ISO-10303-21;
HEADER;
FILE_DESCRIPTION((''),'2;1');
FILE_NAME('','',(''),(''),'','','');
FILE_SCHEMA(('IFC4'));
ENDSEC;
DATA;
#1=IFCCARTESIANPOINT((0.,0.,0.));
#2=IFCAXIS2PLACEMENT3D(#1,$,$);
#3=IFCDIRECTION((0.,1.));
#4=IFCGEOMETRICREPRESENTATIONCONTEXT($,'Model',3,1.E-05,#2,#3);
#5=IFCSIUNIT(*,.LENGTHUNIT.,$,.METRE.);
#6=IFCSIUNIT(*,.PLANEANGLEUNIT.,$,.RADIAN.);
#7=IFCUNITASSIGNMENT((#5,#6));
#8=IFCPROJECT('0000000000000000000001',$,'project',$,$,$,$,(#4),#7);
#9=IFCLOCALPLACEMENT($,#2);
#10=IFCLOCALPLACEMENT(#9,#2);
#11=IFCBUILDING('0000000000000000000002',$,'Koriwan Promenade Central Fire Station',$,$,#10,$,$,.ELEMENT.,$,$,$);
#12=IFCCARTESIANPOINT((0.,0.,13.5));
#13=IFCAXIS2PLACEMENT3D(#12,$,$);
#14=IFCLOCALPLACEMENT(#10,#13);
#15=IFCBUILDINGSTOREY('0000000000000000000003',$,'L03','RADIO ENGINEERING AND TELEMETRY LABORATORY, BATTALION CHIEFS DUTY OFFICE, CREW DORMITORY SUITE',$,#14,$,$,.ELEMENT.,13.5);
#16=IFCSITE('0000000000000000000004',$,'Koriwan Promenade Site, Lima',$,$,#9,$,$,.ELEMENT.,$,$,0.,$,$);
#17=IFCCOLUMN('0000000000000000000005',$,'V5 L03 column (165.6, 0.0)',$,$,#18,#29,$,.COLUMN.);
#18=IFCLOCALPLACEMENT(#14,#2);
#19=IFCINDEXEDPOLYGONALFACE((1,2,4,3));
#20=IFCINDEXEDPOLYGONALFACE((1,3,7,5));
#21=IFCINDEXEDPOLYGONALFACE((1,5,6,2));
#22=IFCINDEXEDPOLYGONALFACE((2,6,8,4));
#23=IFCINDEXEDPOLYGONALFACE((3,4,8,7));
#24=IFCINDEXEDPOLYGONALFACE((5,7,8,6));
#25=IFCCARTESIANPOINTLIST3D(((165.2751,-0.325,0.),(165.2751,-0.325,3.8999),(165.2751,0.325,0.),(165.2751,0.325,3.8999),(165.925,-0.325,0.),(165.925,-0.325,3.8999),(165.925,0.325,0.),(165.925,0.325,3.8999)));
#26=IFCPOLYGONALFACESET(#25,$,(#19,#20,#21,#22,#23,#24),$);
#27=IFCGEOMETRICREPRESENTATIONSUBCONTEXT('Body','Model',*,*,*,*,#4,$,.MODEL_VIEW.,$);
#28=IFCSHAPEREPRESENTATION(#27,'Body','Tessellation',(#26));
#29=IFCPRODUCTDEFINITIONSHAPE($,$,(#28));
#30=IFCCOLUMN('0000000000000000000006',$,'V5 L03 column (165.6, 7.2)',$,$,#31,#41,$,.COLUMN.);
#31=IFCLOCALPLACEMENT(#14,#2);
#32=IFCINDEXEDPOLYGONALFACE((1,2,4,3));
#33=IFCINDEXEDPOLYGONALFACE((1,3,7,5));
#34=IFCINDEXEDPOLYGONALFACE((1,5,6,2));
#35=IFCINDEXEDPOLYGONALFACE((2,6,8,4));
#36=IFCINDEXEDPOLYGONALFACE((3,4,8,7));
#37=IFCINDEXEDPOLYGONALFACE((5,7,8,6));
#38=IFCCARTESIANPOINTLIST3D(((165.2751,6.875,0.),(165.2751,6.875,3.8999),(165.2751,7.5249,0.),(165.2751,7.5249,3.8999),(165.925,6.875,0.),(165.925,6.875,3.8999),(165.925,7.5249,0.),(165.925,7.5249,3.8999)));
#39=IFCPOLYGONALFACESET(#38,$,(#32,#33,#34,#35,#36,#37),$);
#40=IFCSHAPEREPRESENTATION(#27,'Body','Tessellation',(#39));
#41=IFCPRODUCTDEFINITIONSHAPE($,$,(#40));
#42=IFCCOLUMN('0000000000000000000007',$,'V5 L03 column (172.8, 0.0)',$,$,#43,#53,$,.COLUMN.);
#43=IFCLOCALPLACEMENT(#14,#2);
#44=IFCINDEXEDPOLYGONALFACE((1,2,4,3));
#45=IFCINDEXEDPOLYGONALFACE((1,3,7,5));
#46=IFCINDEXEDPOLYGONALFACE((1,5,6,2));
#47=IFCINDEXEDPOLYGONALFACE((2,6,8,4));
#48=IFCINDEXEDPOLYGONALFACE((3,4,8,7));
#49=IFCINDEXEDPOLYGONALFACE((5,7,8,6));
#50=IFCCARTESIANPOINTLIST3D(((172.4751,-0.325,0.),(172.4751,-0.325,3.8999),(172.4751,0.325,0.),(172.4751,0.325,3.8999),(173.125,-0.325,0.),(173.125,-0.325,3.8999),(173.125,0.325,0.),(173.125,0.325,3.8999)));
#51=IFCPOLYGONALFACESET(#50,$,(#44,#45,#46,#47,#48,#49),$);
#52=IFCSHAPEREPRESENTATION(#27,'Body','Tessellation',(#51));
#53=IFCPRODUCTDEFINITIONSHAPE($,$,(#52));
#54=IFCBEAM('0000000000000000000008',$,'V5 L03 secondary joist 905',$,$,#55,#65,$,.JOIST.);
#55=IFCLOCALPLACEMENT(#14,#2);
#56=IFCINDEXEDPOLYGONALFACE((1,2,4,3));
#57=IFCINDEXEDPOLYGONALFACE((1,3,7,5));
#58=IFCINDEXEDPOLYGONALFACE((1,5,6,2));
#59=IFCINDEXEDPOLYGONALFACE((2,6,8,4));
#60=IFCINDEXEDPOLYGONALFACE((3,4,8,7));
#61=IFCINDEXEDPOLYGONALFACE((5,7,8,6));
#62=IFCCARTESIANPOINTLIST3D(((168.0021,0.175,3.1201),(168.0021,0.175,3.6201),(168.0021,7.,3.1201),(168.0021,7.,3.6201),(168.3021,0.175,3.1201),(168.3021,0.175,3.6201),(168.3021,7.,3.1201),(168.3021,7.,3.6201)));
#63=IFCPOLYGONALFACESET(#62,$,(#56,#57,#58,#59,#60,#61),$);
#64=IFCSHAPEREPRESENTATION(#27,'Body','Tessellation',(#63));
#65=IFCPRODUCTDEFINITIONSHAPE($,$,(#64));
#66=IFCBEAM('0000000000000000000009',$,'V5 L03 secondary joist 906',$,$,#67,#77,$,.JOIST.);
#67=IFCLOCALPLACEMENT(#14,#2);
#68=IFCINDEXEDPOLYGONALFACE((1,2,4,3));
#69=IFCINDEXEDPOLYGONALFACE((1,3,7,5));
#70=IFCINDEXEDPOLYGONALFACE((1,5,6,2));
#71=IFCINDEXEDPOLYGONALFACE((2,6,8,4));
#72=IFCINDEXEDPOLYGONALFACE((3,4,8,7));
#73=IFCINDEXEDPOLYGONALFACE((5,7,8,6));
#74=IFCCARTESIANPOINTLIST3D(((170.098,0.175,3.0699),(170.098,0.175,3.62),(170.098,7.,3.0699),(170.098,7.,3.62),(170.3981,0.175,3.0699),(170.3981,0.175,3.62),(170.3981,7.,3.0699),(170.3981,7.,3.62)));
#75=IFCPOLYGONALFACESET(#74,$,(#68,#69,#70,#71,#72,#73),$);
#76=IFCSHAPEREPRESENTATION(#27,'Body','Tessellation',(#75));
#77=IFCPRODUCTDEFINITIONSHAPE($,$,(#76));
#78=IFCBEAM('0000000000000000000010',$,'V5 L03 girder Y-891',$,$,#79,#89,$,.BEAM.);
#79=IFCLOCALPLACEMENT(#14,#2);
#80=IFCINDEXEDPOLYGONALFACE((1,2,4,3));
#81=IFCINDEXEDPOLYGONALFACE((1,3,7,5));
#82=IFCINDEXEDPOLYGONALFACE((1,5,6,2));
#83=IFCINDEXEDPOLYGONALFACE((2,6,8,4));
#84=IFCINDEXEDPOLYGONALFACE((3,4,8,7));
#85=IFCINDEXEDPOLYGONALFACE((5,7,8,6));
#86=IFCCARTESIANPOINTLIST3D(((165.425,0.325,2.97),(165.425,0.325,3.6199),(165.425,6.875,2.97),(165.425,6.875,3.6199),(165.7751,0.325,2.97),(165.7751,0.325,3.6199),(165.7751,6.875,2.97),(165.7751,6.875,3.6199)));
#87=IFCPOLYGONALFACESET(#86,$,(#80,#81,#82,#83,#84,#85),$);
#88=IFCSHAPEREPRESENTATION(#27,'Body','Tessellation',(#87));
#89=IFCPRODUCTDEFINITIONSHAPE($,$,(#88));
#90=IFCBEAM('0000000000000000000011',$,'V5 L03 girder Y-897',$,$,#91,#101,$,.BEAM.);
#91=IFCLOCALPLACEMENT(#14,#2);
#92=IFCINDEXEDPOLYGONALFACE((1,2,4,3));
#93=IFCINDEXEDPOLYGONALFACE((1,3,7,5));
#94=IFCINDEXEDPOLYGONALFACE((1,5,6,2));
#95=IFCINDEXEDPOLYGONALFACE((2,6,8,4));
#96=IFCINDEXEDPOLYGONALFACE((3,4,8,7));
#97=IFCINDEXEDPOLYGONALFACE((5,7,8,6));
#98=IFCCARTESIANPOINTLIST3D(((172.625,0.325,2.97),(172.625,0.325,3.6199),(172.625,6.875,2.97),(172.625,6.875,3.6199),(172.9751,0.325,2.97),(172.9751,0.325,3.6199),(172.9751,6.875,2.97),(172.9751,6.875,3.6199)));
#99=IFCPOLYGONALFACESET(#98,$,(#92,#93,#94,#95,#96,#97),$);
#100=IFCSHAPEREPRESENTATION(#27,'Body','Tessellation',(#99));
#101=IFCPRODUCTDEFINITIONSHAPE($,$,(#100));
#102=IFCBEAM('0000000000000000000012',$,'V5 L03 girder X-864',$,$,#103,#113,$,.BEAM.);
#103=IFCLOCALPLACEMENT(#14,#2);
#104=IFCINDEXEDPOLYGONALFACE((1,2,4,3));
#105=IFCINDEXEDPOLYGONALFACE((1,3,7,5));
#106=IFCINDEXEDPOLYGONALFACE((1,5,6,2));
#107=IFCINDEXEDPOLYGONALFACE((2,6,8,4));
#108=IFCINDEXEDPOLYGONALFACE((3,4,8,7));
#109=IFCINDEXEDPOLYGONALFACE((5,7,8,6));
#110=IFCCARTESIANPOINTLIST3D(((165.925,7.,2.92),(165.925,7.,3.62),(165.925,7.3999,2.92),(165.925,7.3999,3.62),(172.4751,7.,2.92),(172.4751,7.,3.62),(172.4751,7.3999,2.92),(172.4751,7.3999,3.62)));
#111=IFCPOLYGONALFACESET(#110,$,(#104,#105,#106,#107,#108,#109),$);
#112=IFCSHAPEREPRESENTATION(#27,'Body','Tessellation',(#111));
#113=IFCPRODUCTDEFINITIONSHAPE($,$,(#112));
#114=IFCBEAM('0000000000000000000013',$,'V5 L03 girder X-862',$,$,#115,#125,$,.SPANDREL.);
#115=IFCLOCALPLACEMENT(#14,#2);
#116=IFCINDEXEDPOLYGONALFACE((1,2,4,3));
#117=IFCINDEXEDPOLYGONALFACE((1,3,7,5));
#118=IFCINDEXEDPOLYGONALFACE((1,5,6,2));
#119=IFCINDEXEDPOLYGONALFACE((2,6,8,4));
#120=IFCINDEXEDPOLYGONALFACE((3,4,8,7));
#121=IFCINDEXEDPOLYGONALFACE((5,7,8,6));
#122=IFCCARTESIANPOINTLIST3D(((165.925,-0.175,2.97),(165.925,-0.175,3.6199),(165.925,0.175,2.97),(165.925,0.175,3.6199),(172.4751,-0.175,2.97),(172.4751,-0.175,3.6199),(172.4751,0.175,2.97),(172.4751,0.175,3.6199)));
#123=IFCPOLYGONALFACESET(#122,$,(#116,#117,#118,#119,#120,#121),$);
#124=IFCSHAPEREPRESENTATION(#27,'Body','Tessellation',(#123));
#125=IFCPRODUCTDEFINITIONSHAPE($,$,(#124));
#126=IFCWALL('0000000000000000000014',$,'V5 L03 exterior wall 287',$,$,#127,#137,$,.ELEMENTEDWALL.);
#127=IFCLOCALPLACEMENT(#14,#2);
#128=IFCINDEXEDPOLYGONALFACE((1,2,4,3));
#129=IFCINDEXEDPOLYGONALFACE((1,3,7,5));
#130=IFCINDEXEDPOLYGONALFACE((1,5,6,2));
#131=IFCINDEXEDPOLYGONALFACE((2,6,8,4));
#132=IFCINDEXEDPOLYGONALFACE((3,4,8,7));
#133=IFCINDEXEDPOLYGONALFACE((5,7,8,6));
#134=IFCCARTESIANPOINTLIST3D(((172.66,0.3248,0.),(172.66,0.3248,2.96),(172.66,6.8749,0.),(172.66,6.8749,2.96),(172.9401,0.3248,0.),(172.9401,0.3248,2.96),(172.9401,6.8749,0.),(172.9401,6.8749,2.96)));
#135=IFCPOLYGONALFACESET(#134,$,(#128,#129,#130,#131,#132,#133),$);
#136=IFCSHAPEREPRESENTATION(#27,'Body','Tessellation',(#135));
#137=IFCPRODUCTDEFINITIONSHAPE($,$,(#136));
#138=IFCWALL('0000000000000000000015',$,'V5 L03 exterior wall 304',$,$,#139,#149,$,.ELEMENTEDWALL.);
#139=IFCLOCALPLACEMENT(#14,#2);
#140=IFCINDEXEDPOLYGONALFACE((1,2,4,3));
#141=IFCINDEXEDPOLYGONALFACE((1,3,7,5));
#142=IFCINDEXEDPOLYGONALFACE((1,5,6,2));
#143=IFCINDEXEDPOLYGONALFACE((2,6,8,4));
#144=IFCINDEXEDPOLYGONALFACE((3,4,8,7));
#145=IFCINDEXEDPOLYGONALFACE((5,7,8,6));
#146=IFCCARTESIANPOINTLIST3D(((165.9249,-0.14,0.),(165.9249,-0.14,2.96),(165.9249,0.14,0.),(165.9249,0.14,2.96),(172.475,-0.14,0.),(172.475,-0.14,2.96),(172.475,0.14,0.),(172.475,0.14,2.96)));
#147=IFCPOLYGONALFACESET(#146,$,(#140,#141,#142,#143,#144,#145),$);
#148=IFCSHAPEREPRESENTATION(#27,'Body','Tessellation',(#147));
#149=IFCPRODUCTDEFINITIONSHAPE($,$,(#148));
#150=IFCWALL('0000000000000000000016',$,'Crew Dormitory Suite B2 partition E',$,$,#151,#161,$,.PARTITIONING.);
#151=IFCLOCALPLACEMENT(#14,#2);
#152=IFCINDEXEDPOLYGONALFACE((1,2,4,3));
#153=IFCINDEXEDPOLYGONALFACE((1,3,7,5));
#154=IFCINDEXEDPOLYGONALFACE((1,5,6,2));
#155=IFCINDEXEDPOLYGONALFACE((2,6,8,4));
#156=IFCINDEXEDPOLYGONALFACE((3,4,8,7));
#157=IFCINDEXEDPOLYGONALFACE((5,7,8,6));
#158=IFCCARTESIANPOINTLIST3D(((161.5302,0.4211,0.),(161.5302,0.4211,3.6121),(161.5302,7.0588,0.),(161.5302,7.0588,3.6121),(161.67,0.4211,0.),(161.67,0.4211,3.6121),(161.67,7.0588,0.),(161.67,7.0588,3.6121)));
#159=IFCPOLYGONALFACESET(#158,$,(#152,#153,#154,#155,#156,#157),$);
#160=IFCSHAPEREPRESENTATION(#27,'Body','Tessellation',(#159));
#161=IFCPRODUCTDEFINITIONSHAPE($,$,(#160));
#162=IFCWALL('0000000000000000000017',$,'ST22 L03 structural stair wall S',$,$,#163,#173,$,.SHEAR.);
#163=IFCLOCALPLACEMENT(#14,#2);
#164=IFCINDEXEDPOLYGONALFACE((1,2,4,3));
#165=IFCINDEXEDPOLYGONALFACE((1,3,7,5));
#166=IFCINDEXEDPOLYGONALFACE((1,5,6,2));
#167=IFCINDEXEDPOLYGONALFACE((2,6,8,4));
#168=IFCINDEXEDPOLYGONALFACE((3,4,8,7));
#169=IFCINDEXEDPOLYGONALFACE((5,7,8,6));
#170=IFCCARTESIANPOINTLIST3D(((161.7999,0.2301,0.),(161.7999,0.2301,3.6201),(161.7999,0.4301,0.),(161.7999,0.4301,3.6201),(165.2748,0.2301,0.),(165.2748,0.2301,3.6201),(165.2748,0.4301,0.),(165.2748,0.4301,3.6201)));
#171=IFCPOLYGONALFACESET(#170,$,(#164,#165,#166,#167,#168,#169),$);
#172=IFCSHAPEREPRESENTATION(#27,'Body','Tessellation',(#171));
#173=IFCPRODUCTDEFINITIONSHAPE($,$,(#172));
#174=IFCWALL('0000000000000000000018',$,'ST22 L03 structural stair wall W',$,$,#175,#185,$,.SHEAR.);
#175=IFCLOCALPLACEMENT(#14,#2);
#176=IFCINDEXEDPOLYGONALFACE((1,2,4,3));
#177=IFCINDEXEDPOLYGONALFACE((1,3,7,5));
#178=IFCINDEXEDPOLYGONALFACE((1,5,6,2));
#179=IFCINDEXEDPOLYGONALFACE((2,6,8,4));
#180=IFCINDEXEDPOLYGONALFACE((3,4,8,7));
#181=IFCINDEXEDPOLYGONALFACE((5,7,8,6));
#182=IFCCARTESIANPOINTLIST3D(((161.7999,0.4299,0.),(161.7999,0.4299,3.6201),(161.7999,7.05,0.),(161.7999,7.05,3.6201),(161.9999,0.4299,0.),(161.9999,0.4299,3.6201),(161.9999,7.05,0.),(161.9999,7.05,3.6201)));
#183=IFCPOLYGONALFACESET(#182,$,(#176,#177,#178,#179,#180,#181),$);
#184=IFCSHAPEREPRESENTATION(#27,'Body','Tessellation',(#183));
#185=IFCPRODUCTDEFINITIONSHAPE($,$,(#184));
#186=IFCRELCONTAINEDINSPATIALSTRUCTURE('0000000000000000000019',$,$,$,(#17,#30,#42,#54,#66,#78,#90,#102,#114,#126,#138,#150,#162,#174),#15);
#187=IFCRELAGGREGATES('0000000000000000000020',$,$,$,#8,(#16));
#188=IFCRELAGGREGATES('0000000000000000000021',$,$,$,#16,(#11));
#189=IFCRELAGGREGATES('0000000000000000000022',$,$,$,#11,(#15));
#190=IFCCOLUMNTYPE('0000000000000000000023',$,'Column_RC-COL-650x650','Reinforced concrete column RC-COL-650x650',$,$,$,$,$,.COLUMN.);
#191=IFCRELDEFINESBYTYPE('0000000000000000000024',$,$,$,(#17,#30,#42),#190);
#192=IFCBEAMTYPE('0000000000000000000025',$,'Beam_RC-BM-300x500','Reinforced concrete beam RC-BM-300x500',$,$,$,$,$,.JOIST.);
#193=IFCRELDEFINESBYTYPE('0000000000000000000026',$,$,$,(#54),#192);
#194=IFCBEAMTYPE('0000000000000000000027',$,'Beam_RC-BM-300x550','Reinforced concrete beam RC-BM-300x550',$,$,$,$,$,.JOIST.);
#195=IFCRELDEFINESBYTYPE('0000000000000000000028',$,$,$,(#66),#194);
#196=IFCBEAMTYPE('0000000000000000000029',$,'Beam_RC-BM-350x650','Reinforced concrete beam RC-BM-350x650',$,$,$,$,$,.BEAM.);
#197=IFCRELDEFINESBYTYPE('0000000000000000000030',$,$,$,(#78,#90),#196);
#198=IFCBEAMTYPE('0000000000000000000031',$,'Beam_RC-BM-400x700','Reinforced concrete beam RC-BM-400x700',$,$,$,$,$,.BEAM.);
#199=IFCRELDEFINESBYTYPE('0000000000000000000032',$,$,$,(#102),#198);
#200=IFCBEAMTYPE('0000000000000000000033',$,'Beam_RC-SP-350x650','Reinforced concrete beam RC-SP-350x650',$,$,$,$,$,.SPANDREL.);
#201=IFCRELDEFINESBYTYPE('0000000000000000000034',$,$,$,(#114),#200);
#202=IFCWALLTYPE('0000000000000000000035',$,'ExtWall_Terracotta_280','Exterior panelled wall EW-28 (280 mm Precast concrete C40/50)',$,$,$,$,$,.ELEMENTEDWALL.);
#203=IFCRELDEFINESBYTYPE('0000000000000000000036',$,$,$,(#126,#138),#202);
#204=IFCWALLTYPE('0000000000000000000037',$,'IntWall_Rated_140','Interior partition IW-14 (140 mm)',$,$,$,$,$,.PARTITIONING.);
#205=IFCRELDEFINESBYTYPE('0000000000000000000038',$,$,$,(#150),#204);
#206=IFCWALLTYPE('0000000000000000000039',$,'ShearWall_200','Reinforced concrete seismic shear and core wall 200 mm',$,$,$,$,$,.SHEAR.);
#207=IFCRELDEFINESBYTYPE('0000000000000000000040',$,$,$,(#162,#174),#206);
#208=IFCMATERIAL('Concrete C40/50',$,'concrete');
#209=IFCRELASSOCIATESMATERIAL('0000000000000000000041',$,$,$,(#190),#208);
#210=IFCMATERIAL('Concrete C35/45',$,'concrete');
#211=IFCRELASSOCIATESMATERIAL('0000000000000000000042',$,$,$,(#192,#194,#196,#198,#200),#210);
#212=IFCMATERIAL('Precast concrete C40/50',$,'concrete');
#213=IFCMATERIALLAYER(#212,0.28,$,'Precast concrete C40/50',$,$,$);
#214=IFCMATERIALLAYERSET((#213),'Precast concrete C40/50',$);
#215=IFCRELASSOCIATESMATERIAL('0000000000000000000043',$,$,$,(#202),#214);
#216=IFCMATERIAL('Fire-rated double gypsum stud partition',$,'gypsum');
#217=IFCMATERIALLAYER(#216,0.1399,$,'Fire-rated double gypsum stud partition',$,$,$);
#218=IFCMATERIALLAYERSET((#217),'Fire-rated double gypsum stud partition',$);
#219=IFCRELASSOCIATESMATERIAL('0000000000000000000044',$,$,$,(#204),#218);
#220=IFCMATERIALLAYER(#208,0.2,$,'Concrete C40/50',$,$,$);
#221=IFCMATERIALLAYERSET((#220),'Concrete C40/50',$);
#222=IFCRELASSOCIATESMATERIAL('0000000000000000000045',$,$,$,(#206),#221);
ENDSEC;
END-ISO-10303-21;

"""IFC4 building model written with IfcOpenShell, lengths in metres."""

from ifc_helpers import new_model, si_unit, direction, frame, frame_2d, origin, origin_2d, place, context, subcontext, project, spatial, rectangle, extrude, material, layer, layer_set, material_profile, profile_set, type_object, element, save


model = new_model("IFC4")

# Units and contexts
model_context = context("Model", 3, precision=1e-05, world=origin(), true_north=direction((0.0, 1.0)))
body_context = subcontext(model_context, "Body", "Model", "MODEL_VIEW")
ifc_project = project(units=[si_unit("LENGTHUNIT", "METRE"), si_unit("PLANEANGLEUNIT", "RADIAN")], contexts=[model_context])

# Site, building, storey
site_placement = place(None, origin())
site = spatial("IfcSite", under=ifc_project, at=site_placement, Name="Koriwan Promenade Site, Lima", CompositionType="ELEMENT", RefElevation=0.0)
building_placement = place(site_placement, origin())
building = spatial("IfcBuilding", under=site, at=building_placement, Name="Koriwan Promenade Central Fire Station", CompositionType="ELEMENT")
storey_placement = place(building_placement, frame((0.0, 0.0, 13.5)))
storey = spatial("IfcBuildingStorey", under=building, at=storey_placement, Name="L03", Description="RADIO ENGINEERING AND TELEMETRY LABORATORY, BATTALION CHIEFS DUTY OFFICE, CREW DORMITORY SUITE", CompositionType="ELEMENT", Elevation=13.5)

# Columns
ifc_material_1 = material(Name="Concrete C40/50", Category="concrete")
ifc_material_profile_1 = material_profile(ifc_material_1, rectangle(XDim=0.6499, YDim=0.6499, at=origin_2d()), Name="RC-COL-650x650")
ifc_profile_set_1 = profile_set([ifc_material_profile_1], Name="Concrete C40/50")
column_type = type_object("IfcColumnType", Name="Column_RC-COL-650x650", Description="Reinforced concrete column RC-COL-650x650", PredefinedType="COLUMN", material=ifc_profile_set_1)
for number, where, z_axis, x_axis, name in (
    (1, (165.6001, 0.0, 0.0), (0.0, 0.0, 1.0), (1.0, 0.0, 0.0), "V5 L03 column (165.6, 0.0)"),
    (2, (165.6001, 7.2, 0.0), (0.0, 0.0, 1.0), (1.0, 0.0, 0.0), "V5 L03 column (165.6, 7.2)"),
    (3, (172.8, 0.0, 0.0), (0.0, 0.0, 1.0), (1.0, 0.0, 0.0), "V5 L03 column (172.8, 0.0)"),
):
    element("IfcColumn", number, at=place(storey_placement, frame(where, z_axis=z_axis, x_axis=x_axis)), inside=storey, type_object=column_type, Name=name, PredefinedType="COLUMN", context=body_context, shape_type="SweptSolid", body=[
        extrude(rectangle(XDim=0.6499, YDim=0.6499, at=origin_2d()), origin(), (0.0, 0.0, 1.0), 3.8999),
    ])

# Beams
ifc_material_2 = material(Name="Concrete C35/45", Category="concrete")
ifc_material_profile_2 = material_profile(ifc_material_2, rectangle(XDim=0.3, YDim=0.5, at=origin_2d()), Name="RC-BM-300x500")
ifc_profile_set_2 = profile_set([ifc_material_profile_2], Name="Concrete C35/45")
beam_type_1 = type_object("IfcBeamType", Name="Beam_RC-BM-300x500", Description="Reinforced concrete beam RC-BM-300x500", PredefinedType="JOIST", material=ifc_profile_set_2)
beam_1_placement = place(storey_placement, frame((168.1521, 0.175, 3.3701), z_axis=(0.0, 1.0, 0.0), x_axis=(-1.0, 0.0, 0.0)))
element("IfcBeam", 4, at=beam_1_placement, inside=storey, type_object=beam_type_1, Name="V5 L03 secondary joist 905", PredefinedType="JOIST", context=body_context, shape_type="SweptSolid", body=[
    extrude(rectangle(XDim=0.3, YDim=0.5, at=origin_2d()), origin(), (0.0, 0.0, 1.0), 6.825),
])
ifc_material_profile_3 = material_profile(ifc_material_2, rectangle(XDim=0.3, YDim=0.55, at=origin_2d()), Name="RC-BM-300x550")
ifc_profile_set_3 = profile_set([ifc_material_profile_3], Name="Concrete C35/45")
beam_type_2 = type_object("IfcBeamType", Name="Beam_RC-BM-300x550", Description="Reinforced concrete beam RC-BM-300x550", PredefinedType="JOIST", material=ifc_profile_set_3)
beam_2_placement = place(storey_placement, frame((170.248, 0.175, 3.345), z_axis=(0.0, 1.0, 0.0), x_axis=(-1.0, 0.0, 0.0)))
element("IfcBeam", 5, at=beam_2_placement, inside=storey, type_object=beam_type_2, Name="V5 L03 secondary joist 906", PredefinedType="JOIST", context=body_context, shape_type="SweptSolid", body=[
    extrude(rectangle(XDim=0.3, YDim=0.55, at=origin_2d()), origin(), (0.0, 0.0, 1.0), 6.825),
])
ifc_material_profile_4 = material_profile(ifc_material_2, rectangle(XDim=0.3501, YDim=0.6499, at=origin_2d()), Name="RC-BM-350x650")
ifc_profile_set_4 = profile_set([ifc_material_profile_4], Name="Concrete C35/45")
beam_type_3 = type_object("IfcBeamType", Name="Beam_RC-BM-350x650", Description="Reinforced concrete beam RC-BM-350x650", PredefinedType="BEAM", material=ifc_profile_set_4)
for number, where, z_axis, x_axis, name in (
    (6, (165.6001, 0.325, 3.2949), (0.0, 1.0, 0.0), (-1.0, 0.0, 0.0), "V5 L03 girder Y-891"),
    (7, (172.8, 0.325, 3.2949), (0.0, 1.0, 0.0), (-1.0, 0.0, 0.0), "V5 L03 girder Y-897"),
):
    element("IfcBeam", number, at=place(storey_placement, frame(where, z_axis=z_axis, x_axis=x_axis)), inside=storey, type_object=beam_type_3, Name=name, PredefinedType="BEAM", context=body_context, shape_type="SweptSolid", body=[
        extrude(rectangle(XDim=0.3501, YDim=0.6499, at=origin_2d()), origin(), (0.0, 0.0, 1.0), 6.55),
    ])
ifc_material_profile_5 = material_profile(ifc_material_2, rectangle(XDim=0.3999, YDim=0.7, at=origin_2d()), Name="RC-BM-400x700")
ifc_profile_set_5 = profile_set([ifc_material_profile_5], Name="Concrete C35/45")
beam_type_4 = type_object("IfcBeamType", Name="Beam_RC-BM-400x700", Description="Reinforced concrete beam RC-BM-400x700", PredefinedType="BEAM", material=ifc_profile_set_5)
beam_3_placement = place(storey_placement, frame((165.925, 7.2, 3.27), z_axis=(1.0, 0.0, 0.0), x_axis=(0.0, 1.0, 0.0)))
element("IfcBeam", 8, at=beam_3_placement, inside=storey, type_object=beam_type_4, Name="V5 L03 girder X-864", PredefinedType="BEAM", context=body_context, shape_type="SweptSolid", body=[
    extrude(rectangle(XDim=0.3999, YDim=0.7, at=origin_2d()), origin(), (0.0, 0.0, 1.0), 6.55),
])
ifc_material_profile_6 = material_profile(ifc_material_2, rectangle(XDim=0.3501, YDim=0.6499, at=origin_2d()), Name="RC-SP-350x650")
ifc_profile_set_6 = profile_set([ifc_material_profile_6], Name="Concrete C35/45")
beam_type_5 = type_object("IfcBeamType", Name="Beam_RC-SP-350x650", Description="Reinforced concrete beam RC-SP-350x650", PredefinedType="SPANDREL", material=ifc_profile_set_6)
beam_4_placement = place(storey_placement, frame((165.925, 0.0, 3.2949), z_axis=(1.0, 0.0, 0.0), x_axis=(0.0, 1.0, 0.0)))
element("IfcBeam", 9, at=beam_4_placement, inside=storey, type_object=beam_type_5, Name="V5 L03 girder X-862", PredefinedType="SPANDREL", context=body_context, shape_type="SweptSolid", body=[
    extrude(rectangle(XDim=0.3501, YDim=0.6499, at=origin_2d()), origin(), (0.0, 0.0, 1.0), 6.55),
])

# Walls
ifc_material_3 = material(Name="Precast concrete C40/50", Category="concrete")
ifc_layer_1 = layer(ifc_material_3, 0.28, Name="Precast concrete C40/50")
ifc_layer_set_1 = layer_set([ifc_layer_1], Name="Precast concrete C40/50")
wall_type_1 = type_object("IfcWallType", Name="ExtWall_Terracotta_280", Description="Exterior panelled wall EW-28 (280 mm Precast concrete C40/50)", PredefinedType="ELEMENTEDWALL", material=ifc_layer_set_1)
for number, where, z_axis, x_axis, name in (
    (10, (172.8, 0.325, 0.0), (0.0, 0.0, 1.0), (0.0, 1.0, 0.0), "V5 L03 exterior wall 287"),
    (11, (165.925, 0.0, 0.0), (0.0, 0.0, 1.0), (1.0, 0.0, 0.0), "V5 L03 exterior wall 304"),
):
    element("IfcWall", number, at=place(storey_placement, frame(where, z_axis=z_axis, x_axis=x_axis)), inside=storey, type_object=wall_type_1, Name=name, PredefinedType="ELEMENTEDWALL", context=body_context, shape_type="SweptSolid", body=[
        extrude(rectangle(XDim=6.55, YDim=0.28, at=frame_2d((3.2749, 0.0))), origin(), (0.0, 0.0, 1.0), 2.96),
    ])
ifc_material_4 = material(Name="Fire-rated double gypsum stud partition", Category="gypsum")
ifc_layer_2 = layer(ifc_material_4, 0.1399, Name="Fire-rated double gypsum stud partition")
ifc_layer_set_2 = layer_set([ifc_layer_2], Name="Fire-rated double gypsum stud partition")
wall_type_2 = type_object("IfcWallType", Name="IntWall_Rated_140", Description="Interior partition IW-14 (140 mm)", PredefinedType="PARTITIONING", material=ifc_layer_set_2)
wall_1_placement = place(storey_placement, frame((161.6001, 0.4211, 0.0), z_axis=(0.0, 0.0, 1.0), x_axis=(0.0, 1.0, 0.0)))
element("IfcWall", 12, at=wall_1_placement, inside=storey, type_object=wall_type_2, Name="Crew Dormitory Suite B2 partition E", PredefinedType="PARTITIONING", context=body_context, shape_type="SweptSolid", body=[
    extrude(rectangle(XDim=6.6377, YDim=0.1399, at=frame_2d((3.3188, 0.0))), origin(), (0.0, 0.0, 1.0), 3.6121),
])
ifc_layer_3 = layer(ifc_material_1, 0.2, Name="Concrete C40/50")
ifc_layer_set_3 = layer_set([ifc_layer_3], Name="Concrete C40/50")
wall_type_3 = type_object("IfcWallType", Name="ShearWall_200", Description="Reinforced concrete seismic shear and core wall 200 mm", PredefinedType="SHEAR", material=ifc_layer_set_3)
wall_2_placement = place(storey_placement, frame((161.8, 0.3301, 0.0), z_axis=(0.0, 0.0, 1.0), x_axis=(1.0, 0.0, 0.0)))
element("IfcWall", 13, at=wall_2_placement, inside=storey, type_object=wall_type_3, Name="ST22 L03 structural stair wall S", PredefinedType="SHEAR", context=body_context, shape_type="SweptSolid", body=[
    extrude(rectangle(XDim=3.4749, YDim=0.2, at=frame_2d((1.7373, 0.0))), origin(), (0.0, 0.0, 1.0), 3.6201),
])

# Wall
for number, where, z_axis, x_axis, name in (
    (14, (161.8999, 0.4299, 0.0), (0.0, 0.0, 1.0), (0.0, 1.0, 0.0), "ST22 L03 structural stair wall W"),
):
    element("IfcWall", number, at=place(storey_placement, frame(where, z_axis=z_axis, x_axis=x_axis)), inside=storey, type_object=wall_type_3, Name=name, PredefinedType="SHEAR", context=body_context, shape_type="SweptSolid", body=[
        extrude(rectangle(XDim=6.6201, YDim=0.2, at=frame_2d((3.3101, 0.0))), origin(), (0.0, 0.0, 1.0), 3.6201),
    ])

save(model, "model.ifc")
